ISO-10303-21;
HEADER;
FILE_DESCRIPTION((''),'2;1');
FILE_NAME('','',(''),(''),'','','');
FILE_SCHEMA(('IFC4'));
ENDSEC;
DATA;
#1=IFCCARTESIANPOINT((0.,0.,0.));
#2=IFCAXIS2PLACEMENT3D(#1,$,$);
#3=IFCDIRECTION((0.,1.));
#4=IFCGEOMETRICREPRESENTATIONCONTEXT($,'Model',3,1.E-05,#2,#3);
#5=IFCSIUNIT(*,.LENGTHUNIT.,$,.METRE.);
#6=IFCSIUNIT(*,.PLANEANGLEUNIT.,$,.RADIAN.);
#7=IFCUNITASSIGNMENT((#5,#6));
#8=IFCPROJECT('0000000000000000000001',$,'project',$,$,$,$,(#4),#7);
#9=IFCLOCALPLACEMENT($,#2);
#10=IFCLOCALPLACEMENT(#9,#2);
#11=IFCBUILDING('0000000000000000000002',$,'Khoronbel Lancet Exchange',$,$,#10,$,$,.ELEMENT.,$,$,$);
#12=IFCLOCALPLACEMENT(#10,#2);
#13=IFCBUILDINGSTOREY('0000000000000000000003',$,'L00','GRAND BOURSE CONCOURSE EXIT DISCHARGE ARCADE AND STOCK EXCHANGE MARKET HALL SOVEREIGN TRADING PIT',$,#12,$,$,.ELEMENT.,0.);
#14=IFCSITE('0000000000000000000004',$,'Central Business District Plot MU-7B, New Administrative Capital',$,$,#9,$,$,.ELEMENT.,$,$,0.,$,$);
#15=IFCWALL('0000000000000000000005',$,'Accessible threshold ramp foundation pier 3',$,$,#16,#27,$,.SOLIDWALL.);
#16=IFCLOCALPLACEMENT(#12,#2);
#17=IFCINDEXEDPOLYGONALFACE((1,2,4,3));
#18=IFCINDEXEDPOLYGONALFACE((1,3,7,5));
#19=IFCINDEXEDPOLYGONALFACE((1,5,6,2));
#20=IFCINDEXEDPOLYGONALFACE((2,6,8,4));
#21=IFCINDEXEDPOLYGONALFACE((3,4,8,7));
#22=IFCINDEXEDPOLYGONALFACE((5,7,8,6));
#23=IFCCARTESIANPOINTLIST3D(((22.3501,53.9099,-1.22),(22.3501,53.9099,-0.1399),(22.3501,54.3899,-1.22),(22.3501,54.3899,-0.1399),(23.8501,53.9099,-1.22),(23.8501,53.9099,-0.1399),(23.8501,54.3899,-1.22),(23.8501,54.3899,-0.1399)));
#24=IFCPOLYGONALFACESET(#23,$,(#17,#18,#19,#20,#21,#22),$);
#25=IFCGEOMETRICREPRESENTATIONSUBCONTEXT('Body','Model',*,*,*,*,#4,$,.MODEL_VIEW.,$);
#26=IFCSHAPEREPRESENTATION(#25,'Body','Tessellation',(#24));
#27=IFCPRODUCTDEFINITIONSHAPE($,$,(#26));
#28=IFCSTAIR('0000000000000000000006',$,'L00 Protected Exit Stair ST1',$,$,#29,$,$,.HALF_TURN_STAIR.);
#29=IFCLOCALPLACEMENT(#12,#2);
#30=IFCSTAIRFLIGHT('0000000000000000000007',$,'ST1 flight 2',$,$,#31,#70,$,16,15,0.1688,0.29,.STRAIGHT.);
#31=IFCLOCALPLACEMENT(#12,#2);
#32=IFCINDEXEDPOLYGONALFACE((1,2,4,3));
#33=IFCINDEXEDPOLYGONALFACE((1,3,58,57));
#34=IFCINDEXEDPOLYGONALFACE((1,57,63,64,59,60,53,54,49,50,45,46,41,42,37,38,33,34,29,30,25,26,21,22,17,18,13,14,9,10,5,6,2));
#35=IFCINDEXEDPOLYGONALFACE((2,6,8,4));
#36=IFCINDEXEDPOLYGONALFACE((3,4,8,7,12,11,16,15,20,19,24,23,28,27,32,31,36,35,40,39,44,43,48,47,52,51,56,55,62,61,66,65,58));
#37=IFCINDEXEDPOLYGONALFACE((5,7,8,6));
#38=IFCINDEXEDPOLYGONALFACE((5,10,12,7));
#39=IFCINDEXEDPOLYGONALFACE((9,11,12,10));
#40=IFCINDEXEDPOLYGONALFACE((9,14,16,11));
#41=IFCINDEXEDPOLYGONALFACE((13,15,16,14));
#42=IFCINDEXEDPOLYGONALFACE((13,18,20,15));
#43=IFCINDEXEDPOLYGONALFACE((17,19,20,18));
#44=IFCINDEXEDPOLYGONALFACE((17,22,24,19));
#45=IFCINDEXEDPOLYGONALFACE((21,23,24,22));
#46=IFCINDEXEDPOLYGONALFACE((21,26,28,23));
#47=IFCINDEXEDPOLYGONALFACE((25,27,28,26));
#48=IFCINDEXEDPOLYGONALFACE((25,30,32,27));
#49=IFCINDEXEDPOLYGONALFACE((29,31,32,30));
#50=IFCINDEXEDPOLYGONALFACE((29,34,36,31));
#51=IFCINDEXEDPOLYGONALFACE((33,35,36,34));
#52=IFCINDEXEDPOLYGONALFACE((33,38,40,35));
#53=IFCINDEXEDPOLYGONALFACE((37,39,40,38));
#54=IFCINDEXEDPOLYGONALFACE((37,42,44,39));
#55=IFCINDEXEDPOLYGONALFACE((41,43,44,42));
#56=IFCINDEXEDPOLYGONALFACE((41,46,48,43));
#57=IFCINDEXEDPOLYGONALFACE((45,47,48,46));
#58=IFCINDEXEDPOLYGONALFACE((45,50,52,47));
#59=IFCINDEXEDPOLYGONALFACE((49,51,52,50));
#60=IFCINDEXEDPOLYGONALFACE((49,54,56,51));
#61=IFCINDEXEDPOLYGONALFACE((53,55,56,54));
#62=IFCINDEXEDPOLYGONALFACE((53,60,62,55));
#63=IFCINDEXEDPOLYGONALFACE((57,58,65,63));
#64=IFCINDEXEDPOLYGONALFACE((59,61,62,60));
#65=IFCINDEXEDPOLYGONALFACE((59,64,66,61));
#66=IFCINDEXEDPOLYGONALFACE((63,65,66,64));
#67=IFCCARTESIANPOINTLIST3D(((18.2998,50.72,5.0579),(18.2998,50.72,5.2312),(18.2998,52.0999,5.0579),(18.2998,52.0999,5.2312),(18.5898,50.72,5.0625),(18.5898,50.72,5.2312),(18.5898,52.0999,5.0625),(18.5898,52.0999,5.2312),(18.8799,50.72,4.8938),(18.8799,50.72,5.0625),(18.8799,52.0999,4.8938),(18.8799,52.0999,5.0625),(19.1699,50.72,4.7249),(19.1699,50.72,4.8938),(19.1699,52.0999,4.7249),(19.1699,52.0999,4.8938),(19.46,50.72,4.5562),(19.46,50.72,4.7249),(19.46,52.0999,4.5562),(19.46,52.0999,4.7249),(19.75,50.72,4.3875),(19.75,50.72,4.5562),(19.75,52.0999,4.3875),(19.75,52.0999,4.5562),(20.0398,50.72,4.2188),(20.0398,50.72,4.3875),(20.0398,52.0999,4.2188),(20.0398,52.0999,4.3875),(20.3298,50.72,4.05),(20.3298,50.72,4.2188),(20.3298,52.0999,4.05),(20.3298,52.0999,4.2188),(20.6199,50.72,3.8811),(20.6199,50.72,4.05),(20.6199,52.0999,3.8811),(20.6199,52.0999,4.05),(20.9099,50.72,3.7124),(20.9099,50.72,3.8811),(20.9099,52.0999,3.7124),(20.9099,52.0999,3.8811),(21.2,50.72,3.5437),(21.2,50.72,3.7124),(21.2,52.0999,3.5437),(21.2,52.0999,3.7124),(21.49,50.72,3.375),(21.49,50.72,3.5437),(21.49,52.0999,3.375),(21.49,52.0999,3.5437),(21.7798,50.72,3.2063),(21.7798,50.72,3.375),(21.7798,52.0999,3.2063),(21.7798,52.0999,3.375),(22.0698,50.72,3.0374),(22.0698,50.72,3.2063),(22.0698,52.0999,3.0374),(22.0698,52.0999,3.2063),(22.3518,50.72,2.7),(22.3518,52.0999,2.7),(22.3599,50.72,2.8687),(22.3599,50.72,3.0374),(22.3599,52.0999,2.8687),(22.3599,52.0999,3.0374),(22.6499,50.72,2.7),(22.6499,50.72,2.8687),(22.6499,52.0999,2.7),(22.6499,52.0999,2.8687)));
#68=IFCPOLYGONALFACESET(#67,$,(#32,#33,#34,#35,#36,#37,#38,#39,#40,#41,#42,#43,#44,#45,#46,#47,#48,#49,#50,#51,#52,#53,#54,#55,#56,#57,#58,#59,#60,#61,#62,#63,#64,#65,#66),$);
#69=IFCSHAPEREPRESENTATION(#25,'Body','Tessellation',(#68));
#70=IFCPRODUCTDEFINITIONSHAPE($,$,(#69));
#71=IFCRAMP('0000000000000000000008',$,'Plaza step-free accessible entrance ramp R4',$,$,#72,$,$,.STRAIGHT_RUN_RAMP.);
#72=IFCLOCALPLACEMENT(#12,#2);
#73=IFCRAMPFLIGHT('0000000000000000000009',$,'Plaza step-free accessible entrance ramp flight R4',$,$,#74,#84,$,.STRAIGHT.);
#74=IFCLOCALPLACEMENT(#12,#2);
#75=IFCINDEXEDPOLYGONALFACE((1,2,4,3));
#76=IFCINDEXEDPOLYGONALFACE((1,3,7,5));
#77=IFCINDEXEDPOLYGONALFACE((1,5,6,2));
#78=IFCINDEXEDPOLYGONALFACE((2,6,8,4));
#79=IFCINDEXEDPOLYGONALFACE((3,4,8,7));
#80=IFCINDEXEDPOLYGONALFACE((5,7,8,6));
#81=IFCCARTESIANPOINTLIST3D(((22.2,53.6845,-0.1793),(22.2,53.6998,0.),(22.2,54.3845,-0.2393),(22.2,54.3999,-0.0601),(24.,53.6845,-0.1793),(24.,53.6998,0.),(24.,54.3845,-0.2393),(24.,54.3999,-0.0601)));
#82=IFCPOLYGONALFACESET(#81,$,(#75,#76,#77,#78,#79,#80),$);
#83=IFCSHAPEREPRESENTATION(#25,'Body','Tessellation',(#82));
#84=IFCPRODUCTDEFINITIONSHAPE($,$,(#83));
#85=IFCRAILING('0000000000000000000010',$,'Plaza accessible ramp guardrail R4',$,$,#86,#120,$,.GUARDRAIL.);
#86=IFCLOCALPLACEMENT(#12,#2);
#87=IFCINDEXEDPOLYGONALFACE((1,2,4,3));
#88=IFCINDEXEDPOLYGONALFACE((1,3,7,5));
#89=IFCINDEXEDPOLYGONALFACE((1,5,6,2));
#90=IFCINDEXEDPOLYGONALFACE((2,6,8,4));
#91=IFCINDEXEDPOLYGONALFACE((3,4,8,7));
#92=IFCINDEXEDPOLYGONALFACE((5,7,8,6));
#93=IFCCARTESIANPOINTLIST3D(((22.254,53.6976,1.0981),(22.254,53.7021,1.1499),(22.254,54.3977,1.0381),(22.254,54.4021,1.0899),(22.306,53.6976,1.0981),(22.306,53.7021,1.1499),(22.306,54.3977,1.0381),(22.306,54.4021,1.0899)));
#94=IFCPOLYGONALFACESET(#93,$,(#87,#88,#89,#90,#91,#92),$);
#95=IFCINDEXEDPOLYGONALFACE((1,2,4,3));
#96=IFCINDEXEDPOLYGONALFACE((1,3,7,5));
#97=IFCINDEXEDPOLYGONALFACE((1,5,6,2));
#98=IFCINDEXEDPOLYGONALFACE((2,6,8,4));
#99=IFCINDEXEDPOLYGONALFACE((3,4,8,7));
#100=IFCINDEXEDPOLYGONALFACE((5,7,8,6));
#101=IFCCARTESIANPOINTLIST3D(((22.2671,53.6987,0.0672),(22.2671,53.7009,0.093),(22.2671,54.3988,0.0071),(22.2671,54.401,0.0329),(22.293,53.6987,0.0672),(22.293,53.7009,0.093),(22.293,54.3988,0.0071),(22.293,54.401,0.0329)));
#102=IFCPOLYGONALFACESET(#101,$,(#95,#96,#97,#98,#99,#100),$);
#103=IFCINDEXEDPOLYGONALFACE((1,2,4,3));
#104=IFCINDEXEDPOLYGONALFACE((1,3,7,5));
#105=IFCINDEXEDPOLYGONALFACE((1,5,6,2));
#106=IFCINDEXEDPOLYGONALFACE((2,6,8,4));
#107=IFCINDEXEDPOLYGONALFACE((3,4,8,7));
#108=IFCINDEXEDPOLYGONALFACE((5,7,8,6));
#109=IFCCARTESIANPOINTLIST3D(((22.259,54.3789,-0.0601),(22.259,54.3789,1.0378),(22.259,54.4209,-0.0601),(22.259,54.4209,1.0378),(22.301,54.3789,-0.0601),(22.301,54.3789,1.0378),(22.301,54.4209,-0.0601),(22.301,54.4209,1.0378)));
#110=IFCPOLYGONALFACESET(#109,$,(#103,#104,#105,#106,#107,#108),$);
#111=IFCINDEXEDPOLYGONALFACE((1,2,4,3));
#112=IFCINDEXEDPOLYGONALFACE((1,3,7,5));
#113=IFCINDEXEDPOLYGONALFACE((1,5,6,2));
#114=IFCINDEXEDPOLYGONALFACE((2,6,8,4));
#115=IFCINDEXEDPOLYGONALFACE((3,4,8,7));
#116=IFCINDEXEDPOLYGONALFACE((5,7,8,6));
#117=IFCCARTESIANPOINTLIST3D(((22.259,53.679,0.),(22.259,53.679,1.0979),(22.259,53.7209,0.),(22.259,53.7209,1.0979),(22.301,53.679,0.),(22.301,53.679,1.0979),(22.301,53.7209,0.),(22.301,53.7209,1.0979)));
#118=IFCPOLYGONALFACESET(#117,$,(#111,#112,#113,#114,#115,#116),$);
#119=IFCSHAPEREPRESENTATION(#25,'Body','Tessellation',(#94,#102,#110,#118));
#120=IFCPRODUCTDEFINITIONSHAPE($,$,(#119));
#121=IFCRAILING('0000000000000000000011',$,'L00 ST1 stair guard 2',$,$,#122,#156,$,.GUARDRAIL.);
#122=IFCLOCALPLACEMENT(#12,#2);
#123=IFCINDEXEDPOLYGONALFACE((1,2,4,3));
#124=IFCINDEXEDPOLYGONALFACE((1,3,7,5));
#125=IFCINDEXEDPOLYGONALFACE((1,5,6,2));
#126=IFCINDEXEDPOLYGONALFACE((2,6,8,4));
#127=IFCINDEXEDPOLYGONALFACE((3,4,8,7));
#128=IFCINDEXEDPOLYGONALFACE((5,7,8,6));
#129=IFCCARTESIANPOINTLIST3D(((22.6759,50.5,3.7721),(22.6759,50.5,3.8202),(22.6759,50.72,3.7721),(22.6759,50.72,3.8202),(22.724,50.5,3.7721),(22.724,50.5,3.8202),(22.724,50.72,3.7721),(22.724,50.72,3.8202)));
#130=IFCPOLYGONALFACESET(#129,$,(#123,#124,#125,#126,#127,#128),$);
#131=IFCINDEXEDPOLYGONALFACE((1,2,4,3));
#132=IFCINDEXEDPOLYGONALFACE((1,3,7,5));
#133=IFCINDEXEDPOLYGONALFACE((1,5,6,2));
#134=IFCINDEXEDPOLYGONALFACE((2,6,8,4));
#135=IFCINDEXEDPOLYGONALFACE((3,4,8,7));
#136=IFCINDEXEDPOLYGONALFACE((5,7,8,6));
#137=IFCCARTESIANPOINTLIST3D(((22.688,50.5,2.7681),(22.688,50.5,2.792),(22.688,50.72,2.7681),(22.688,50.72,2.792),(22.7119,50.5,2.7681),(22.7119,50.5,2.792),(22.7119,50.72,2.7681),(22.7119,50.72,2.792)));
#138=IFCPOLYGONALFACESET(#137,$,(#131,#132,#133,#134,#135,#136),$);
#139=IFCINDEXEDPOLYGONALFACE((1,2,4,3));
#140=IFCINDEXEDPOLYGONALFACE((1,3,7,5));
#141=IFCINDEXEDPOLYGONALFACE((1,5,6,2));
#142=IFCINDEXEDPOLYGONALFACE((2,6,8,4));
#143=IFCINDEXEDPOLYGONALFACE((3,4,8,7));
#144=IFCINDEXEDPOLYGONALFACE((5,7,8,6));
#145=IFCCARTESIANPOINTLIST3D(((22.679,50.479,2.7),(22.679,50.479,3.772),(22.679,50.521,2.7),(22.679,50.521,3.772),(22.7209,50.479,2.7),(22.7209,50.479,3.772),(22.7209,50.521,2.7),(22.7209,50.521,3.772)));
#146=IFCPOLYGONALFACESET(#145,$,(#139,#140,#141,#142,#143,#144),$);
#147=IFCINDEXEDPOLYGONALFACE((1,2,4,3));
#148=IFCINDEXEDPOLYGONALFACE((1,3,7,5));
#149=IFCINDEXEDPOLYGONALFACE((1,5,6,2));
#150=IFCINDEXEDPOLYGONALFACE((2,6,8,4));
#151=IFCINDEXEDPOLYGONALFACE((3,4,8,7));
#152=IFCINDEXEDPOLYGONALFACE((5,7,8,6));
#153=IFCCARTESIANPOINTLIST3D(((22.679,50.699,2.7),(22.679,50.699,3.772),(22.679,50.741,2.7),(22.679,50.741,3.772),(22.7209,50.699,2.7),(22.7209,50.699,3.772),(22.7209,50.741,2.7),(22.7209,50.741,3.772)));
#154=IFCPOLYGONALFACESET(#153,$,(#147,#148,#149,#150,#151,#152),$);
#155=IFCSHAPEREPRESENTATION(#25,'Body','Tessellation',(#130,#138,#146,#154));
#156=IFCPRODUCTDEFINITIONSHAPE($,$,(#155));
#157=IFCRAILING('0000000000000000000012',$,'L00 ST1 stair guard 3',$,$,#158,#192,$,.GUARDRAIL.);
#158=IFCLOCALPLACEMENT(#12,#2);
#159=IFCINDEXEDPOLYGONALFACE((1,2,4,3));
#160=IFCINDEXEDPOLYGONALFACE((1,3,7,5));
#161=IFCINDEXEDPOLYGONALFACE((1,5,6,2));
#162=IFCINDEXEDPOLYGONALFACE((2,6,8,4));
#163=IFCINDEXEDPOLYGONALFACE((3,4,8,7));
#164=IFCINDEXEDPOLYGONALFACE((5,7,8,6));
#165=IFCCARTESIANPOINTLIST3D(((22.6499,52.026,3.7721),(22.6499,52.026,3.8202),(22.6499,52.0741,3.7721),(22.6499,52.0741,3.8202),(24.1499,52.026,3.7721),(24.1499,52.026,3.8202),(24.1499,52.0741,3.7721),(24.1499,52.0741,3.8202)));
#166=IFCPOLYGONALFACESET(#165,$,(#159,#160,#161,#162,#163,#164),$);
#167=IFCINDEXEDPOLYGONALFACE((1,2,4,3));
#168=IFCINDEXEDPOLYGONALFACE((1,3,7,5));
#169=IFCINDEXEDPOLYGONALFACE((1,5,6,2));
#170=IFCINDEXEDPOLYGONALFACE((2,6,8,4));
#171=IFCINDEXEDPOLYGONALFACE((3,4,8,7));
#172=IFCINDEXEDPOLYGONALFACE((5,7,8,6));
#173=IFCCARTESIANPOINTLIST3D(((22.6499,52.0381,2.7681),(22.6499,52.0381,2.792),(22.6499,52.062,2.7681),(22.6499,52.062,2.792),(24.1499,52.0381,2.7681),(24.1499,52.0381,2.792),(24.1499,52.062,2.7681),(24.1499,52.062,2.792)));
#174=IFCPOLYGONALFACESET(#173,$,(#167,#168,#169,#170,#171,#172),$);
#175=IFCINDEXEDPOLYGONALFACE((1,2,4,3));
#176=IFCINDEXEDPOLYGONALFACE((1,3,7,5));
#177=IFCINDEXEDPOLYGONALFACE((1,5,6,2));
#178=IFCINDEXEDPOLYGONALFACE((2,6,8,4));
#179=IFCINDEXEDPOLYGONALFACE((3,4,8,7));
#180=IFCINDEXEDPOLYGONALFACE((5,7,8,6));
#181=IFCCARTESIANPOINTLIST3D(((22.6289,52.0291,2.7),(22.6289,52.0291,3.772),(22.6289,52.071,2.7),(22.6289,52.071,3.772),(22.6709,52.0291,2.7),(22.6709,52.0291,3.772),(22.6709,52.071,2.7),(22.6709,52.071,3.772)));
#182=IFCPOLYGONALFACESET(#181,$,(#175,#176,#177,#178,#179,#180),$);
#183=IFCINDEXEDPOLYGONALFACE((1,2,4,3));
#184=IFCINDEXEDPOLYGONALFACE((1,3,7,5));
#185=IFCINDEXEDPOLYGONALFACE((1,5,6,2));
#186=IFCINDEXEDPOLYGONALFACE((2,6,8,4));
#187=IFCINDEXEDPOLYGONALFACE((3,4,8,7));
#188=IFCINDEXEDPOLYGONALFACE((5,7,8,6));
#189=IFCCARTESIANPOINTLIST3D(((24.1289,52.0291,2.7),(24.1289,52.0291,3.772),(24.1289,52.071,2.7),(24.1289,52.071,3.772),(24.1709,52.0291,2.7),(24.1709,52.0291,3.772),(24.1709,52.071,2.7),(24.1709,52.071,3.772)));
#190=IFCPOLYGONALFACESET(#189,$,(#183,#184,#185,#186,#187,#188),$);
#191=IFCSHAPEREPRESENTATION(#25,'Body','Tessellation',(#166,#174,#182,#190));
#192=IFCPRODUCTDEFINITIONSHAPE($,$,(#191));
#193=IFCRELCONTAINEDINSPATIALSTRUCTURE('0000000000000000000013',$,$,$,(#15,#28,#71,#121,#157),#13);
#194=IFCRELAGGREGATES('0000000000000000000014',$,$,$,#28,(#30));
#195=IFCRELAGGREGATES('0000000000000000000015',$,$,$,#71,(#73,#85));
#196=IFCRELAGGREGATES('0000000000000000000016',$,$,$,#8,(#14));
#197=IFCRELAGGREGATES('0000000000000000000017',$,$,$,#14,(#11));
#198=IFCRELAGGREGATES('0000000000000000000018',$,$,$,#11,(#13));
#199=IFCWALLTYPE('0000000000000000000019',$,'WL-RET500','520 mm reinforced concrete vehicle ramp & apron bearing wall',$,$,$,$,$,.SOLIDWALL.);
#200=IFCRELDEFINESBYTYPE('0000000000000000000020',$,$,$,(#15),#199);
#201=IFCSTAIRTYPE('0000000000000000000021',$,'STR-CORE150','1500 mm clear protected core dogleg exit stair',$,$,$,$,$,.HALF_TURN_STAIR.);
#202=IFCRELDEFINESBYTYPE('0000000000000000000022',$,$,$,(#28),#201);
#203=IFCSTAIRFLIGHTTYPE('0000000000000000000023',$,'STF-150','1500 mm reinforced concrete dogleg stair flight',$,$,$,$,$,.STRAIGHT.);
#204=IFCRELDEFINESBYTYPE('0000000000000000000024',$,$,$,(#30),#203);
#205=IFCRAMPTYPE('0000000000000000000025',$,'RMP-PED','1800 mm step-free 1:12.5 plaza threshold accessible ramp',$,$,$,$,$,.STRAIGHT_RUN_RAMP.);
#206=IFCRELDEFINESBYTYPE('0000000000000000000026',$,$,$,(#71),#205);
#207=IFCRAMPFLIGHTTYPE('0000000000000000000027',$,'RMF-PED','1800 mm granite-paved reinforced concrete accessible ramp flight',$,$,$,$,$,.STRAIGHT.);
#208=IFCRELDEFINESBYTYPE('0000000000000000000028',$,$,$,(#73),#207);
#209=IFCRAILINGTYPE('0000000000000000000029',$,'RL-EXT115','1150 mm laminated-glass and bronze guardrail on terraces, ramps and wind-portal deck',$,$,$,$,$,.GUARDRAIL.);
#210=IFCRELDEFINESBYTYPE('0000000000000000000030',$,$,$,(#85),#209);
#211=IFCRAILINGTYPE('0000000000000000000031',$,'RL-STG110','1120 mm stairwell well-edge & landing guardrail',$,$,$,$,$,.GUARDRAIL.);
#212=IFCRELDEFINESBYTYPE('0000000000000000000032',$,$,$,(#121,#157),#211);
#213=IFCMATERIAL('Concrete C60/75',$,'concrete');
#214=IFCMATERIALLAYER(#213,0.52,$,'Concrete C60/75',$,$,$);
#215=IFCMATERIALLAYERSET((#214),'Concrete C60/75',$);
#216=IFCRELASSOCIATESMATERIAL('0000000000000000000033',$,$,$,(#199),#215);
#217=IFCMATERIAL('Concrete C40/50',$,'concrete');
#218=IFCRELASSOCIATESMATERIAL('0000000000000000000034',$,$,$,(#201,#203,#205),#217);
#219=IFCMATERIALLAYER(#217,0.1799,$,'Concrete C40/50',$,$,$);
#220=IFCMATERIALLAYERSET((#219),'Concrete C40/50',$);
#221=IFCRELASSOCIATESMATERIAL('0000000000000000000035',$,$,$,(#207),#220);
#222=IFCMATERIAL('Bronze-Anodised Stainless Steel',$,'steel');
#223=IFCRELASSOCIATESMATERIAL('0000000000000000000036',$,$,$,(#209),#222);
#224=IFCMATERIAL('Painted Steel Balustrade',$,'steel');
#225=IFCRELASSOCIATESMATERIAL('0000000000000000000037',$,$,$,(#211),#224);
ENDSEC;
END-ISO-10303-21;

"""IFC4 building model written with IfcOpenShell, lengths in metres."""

from ifc_helpers import new_model, si_unit, direction, frame, frame_2d, origin, origin_2d, place, context, subcontext, project, spatial, polyline, rectangle, outline, extrude, material, layer, layer_set, type_object, element, aggregate, save


model = new_model("IFC4")

# Units and contexts
model_context = context("Model", 3, precision=1e-05, world=origin(), true_north=direction((0.0, 1.0)))
body_context = subcontext(model_context, "Body", "Model", "MODEL_VIEW")
ifc_project = project(units=[si_unit("LENGTHUNIT", "METRE"), si_unit("PLANEANGLEUNIT", "RADIAN")], contexts=[model_context])

# Site, building, storey
site_placement = place(None, origin())
site = spatial("IfcSite", under=ifc_project, at=site_placement, Name="Central Business District Plot MU-7B, New Administrative Capital", CompositionType="ELEMENT", RefElevation=0.0)
building_placement = place(site_placement, origin())
building = spatial("IfcBuilding", under=site, at=building_placement, Name="Khoronbel Lancet Exchange", CompositionType="ELEMENT")
storey_placement = place(building_placement, origin())
storey = spatial("IfcBuildingStorey", under=building, at=storey_placement, Name="L00", Description="GRAND BOURSE CONCOURSE EXIT DISCHARGE ARCADE AND STOCK EXCHANGE MARKET HALL SOVEREIGN TRADING PIT", CompositionType="ELEMENT", Elevation=0.0)

# Wall
ifc_material_1 = material(Name="Concrete C60/75", Category="concrete")
ifc_layer_1 = layer(ifc_material_1, 0.52, Name="Concrete C60/75")
ifc_layer_set_1 = layer_set([ifc_layer_1], Name="Concrete C60/75")
wall_type_1 = type_object("IfcWallType", Name="WL-RET500", Description="520 mm reinforced concrete vehicle ramp & apron bearing wall", PredefinedType="SOLIDWALL", material=ifc_layer_set_1)
wall_1_placement = place(storey_placement, frame((22.3501, 54.1499, -1.22), z_axis=(0.0, 0.0, 1.0), x_axis=(1.0, 0.0, 0.0)))
element("IfcWall", 1, at=wall_1_placement, inside=storey, type_object=wall_type_1, Name="Accessible threshold ramp foundation pier 3", PredefinedType="SOLIDWALL", context=body_context, shape_type="SweptSolid", body=[
    extrude(rectangle(XDim=1.5, YDim=0.48, at=frame_2d((0.75, 0.0))), origin(), (0.0, 0.0, 1.0), 1.0801),
])

# Stair, stair flight
ifc_material_2 = material(Name="Concrete C40/50", Category="concrete")
stair_type = type_object("IfcStairType", Name="STR-CORE150", Description="1500 mm clear protected core dogleg exit stair", PredefinedType="HALF_TURN_STAIR", material=ifc_material_2)
stair_placement = place(storey_placement, origin())
stair = element("IfcStair", 2, at=stair_placement, inside=storey, type_object=stair_type, Name="L00 Protected Exit Stair ST1", PredefinedType="HALF_TURN_STAIR")
stair_flight_type = type_object("IfcStairFlightType", Name="STF-150", Description="1500 mm reinforced concrete dogleg stair flight", PredefinedType="STRAIGHT", material=ifc_material_2)
stair_flight_placement = place(storey_placement, frame((22.6499, 51.4099, 2.7), z_axis=(0.0, 0.0, 1.0), x_axis=(-1.0, 0.0, 0.0)))
stair_flight = element("IfcStairFlight", 3, at=stair_flight_placement, type_object=stair_flight_type, Name="ST1 flight 2", NumberOfRisers=16, NumberOfTreads=15, PredefinedType="STRAIGHT", RiserHeight=0.1688, TreadLength=0.29, context=body_context, shape_type="SweptSolid", body=[
    extrude(outline(polyline([(0.0, 0.0), (0.0, 0.1687), (0.29, 0.1687), (0.29, 0.3374), (0.5801, 0.3374), (0.5801, 0.5063), (0.8701, 0.5063), (0.8701, 0.675), (1.1599, 0.675), (1.1599, 0.8438), (1.45, 0.8438), (1.45, 1.0125), (1.74, 1.0125), (1.74, 1.1812), (2.03, 1.1812), (2.03, 1.3501), (2.3201, 1.3501), (2.3201, 1.5188), (2.6101, 1.5188), (2.6101, 1.6875), (2.8999, 1.6875), (2.8999, 1.8562), (3.1899, 1.8562), (3.1899, 2.0249), (3.48, 2.0249), (3.48, 2.1938), (3.77, 2.1938), (3.77, 2.3625), (4.0601, 2.3625), (4.0601, 2.5312), (4.3501, 2.5312), (4.3501, 2.7), (4.3501, 2.3579), (0.2981, 0.0), (0.0, 0.0)])), frame((0.0, 0.6899, 0.0), z_axis=(0.0, -1.0, 0.0), x_axis=(1.0, 0.0, 0.0)), (0.0, 0.0, 1.0), 1.3799),
])
aggregate(stair, [stair_flight])

# Ramp, ramp flight, railing
ramp_type = type_object("IfcRampType", Name="RMP-PED", Description="1800 mm step-free 1:12.5 plaza threshold accessible ramp", PredefinedType="STRAIGHT_RUN_RAMP", material=ifc_material_2)
ramp_placement = place(storey_placement, origin())
ramp = element("IfcRamp", 4, at=ramp_placement, inside=storey, type_object=ramp_type, Name="Plaza step-free accessible entrance ramp R4", PredefinedType="STRAIGHT_RUN_RAMP")
ifc_layer_2 = layer(ifc_material_2, 0.1799, Name="Concrete C40/50")
ifc_layer_set_2 = layer_set([ifc_layer_2], Name="Concrete C40/50")
ramp_flight_type = type_object("IfcRampFlightType", Name="RMF-PED", Description="1800 mm granite-paved reinforced concrete accessible ramp flight", PredefinedType="STRAIGHT", material=ifc_layer_set_2)
ramp_flight_placement = place(storey_placement, frame((22.2, 54.3999, -0.0601), z_axis=(0.0, 0.08549, 0.996339), x_axis=(1.0, 0.0, 0.0)))
ramp_flight = element("IfcRampFlight", 5, at=ramp_flight_placement, type_object=ramp_flight_type, Name="Plaza step-free accessible entrance ramp flight R4", PredefinedType="STRAIGHT", context=body_context, shape_type="SweptSolid", body=[
    extrude(outline(polyline([(0.0, 0.0), (1.8, 0.0), (1.8, -0.7026), (0.0, -0.7026), (0.0, 0.0)])), origin(), (0.0, 0.0, -1.0), 0.1799),
])
ifc_material_3 = material(Name="Bronze-Anodised Stainless Steel", Category="steel")
railing_type_1 = type_object("IfcRailingType", Name="RL-EXT115", Description="1150 mm laminated-glass and bronze guardrail on terraces, ramps and wind-portal deck", PredefinedType="GUARDRAIL", material=ifc_material_3)
railing_1_placement = place(storey_placement, frame((22.28, 54.3999, -0.0601)))
railing_1 = element("IfcRailing", 6, at=railing_1_placement, type_object=railing_type_1, Name="Plaza accessible ramp guardrail R4", PredefinedType="GUARDRAIL", context=body_context, shape_type="SweptSolid", body=[
    extrude(rectangle(XDim=0.052, YDim=0.052, at=origin_2d()), frame((0.0, 0.0, 1.124), z_axis=(0.0, -0.996339, 0.08549), x_axis=(1.0, 0.0, 0.0)), (0.0, 0.0, 1.0), 0.7026),
    extrude(rectangle(XDim=0.0259, YDim=0.0259, at=origin_2d()), frame((0.0, 0.0, 0.0801), z_axis=(0.0, -0.996339, 0.08549), x_axis=(1.0, 0.0, 0.0)), (0.0, 0.0, 1.0), 0.7026),
    extrude(rectangle(XDim=0.042, YDim=0.042, at=origin_2d()), origin(), (0.0, 0.0, 1.0), 1.0979),
    extrude(rectangle(XDim=0.042, YDim=0.042, at=origin_2d()), frame((0.0, -0.7, 0.0601)), (0.0, 0.0, 1.0), 1.0979),
])
aggregate(ramp, [ramp_flight, railing_1])

# Railings
ifc_material_4 = material(Name="Painted Steel Balustrade", Category="steel")
railing_type_2 = type_object("IfcRailingType", Name="RL-STG110", Description="1120 mm stairwell well-edge & landing guardrail", PredefinedType="GUARDRAIL", material=ifc_material_4)
railing_2_placement = place(storey_placement, frame((22.7, 50.5, 2.7)))
element("IfcRailing", 7, at=railing_2_placement, inside=storey, type_object=railing_type_2, Name="L00 ST1 stair guard 2", PredefinedType="GUARDRAIL", context=body_context, shape_type="SweptSolid", body=[
    extrude(rectangle(XDim=0.0481, YDim=0.0481, at=origin_2d()), frame((0.0, 0.0, 1.0962), z_axis=(0.0, 1.0, 0.0), x_axis=(-1.0, 0.0, 0.0)), (0.0, 0.0, 1.0), 0.22),
    extrude(rectangle(XDim=0.0239, YDim=0.0239, at=origin_2d()), frame((0.0, 0.0, 0.0801), z_axis=(0.0, 1.0, 0.0), x_axis=(-1.0, 0.0, 0.0)), (0.0, 0.0, 1.0), 0.22),
    extrude(rectangle(XDim=0.042, YDim=0.042, at=origin_2d()), origin(), (0.0, 0.0, 1.0), 1.072),
    extrude(rectangle(XDim=0.042, YDim=0.042, at=origin_2d()), frame((0.0, 0.22, 0.0)), (0.0, 0.0, 1.0), 1.072),
])
railing_3_placement = place(storey_placement, frame((22.6499, 52.05, 2.7)))
element("IfcRailing", 8, at=railing_3_placement, inside=storey, type_object=railing_type_2, Name="L00 ST1 stair guard 3", PredefinedType="GUARDRAIL", context=body_context, shape_type="SweptSolid", body=[
    extrude(rectangle(XDim=0.0481, YDim=0.0481, at=origin_2d()), frame((0.0, 0.0, 1.0962), z_axis=(1.0, 0.0, 0.0), x_axis=(0.0, 1.0, 0.0)), (0.0, 0.0, 1.0), 1.5),
    extrude(rectangle(XDim=0.0239, YDim=0.0239, at=origin_2d()), frame((0.0, 0.0, 0.0801), z_axis=(1.0, 0.0, 0.0), x_axis=(0.0, 1.0, 0.0)), (0.0, 0.0, 1.0), 1.5),
    extrude(rectangle(XDim=0.042, YDim=0.042, at=origin_2d()), origin(), (0.0, 0.0, 1.0), 1.072),
    extrude(rectangle(XDim=0.042, YDim=0.042, at=origin_2d()), frame((1.5, 0.0, 0.0)), (0.0, 0.0, 1.0), 1.072),
])

save(model, "model.ifc")
